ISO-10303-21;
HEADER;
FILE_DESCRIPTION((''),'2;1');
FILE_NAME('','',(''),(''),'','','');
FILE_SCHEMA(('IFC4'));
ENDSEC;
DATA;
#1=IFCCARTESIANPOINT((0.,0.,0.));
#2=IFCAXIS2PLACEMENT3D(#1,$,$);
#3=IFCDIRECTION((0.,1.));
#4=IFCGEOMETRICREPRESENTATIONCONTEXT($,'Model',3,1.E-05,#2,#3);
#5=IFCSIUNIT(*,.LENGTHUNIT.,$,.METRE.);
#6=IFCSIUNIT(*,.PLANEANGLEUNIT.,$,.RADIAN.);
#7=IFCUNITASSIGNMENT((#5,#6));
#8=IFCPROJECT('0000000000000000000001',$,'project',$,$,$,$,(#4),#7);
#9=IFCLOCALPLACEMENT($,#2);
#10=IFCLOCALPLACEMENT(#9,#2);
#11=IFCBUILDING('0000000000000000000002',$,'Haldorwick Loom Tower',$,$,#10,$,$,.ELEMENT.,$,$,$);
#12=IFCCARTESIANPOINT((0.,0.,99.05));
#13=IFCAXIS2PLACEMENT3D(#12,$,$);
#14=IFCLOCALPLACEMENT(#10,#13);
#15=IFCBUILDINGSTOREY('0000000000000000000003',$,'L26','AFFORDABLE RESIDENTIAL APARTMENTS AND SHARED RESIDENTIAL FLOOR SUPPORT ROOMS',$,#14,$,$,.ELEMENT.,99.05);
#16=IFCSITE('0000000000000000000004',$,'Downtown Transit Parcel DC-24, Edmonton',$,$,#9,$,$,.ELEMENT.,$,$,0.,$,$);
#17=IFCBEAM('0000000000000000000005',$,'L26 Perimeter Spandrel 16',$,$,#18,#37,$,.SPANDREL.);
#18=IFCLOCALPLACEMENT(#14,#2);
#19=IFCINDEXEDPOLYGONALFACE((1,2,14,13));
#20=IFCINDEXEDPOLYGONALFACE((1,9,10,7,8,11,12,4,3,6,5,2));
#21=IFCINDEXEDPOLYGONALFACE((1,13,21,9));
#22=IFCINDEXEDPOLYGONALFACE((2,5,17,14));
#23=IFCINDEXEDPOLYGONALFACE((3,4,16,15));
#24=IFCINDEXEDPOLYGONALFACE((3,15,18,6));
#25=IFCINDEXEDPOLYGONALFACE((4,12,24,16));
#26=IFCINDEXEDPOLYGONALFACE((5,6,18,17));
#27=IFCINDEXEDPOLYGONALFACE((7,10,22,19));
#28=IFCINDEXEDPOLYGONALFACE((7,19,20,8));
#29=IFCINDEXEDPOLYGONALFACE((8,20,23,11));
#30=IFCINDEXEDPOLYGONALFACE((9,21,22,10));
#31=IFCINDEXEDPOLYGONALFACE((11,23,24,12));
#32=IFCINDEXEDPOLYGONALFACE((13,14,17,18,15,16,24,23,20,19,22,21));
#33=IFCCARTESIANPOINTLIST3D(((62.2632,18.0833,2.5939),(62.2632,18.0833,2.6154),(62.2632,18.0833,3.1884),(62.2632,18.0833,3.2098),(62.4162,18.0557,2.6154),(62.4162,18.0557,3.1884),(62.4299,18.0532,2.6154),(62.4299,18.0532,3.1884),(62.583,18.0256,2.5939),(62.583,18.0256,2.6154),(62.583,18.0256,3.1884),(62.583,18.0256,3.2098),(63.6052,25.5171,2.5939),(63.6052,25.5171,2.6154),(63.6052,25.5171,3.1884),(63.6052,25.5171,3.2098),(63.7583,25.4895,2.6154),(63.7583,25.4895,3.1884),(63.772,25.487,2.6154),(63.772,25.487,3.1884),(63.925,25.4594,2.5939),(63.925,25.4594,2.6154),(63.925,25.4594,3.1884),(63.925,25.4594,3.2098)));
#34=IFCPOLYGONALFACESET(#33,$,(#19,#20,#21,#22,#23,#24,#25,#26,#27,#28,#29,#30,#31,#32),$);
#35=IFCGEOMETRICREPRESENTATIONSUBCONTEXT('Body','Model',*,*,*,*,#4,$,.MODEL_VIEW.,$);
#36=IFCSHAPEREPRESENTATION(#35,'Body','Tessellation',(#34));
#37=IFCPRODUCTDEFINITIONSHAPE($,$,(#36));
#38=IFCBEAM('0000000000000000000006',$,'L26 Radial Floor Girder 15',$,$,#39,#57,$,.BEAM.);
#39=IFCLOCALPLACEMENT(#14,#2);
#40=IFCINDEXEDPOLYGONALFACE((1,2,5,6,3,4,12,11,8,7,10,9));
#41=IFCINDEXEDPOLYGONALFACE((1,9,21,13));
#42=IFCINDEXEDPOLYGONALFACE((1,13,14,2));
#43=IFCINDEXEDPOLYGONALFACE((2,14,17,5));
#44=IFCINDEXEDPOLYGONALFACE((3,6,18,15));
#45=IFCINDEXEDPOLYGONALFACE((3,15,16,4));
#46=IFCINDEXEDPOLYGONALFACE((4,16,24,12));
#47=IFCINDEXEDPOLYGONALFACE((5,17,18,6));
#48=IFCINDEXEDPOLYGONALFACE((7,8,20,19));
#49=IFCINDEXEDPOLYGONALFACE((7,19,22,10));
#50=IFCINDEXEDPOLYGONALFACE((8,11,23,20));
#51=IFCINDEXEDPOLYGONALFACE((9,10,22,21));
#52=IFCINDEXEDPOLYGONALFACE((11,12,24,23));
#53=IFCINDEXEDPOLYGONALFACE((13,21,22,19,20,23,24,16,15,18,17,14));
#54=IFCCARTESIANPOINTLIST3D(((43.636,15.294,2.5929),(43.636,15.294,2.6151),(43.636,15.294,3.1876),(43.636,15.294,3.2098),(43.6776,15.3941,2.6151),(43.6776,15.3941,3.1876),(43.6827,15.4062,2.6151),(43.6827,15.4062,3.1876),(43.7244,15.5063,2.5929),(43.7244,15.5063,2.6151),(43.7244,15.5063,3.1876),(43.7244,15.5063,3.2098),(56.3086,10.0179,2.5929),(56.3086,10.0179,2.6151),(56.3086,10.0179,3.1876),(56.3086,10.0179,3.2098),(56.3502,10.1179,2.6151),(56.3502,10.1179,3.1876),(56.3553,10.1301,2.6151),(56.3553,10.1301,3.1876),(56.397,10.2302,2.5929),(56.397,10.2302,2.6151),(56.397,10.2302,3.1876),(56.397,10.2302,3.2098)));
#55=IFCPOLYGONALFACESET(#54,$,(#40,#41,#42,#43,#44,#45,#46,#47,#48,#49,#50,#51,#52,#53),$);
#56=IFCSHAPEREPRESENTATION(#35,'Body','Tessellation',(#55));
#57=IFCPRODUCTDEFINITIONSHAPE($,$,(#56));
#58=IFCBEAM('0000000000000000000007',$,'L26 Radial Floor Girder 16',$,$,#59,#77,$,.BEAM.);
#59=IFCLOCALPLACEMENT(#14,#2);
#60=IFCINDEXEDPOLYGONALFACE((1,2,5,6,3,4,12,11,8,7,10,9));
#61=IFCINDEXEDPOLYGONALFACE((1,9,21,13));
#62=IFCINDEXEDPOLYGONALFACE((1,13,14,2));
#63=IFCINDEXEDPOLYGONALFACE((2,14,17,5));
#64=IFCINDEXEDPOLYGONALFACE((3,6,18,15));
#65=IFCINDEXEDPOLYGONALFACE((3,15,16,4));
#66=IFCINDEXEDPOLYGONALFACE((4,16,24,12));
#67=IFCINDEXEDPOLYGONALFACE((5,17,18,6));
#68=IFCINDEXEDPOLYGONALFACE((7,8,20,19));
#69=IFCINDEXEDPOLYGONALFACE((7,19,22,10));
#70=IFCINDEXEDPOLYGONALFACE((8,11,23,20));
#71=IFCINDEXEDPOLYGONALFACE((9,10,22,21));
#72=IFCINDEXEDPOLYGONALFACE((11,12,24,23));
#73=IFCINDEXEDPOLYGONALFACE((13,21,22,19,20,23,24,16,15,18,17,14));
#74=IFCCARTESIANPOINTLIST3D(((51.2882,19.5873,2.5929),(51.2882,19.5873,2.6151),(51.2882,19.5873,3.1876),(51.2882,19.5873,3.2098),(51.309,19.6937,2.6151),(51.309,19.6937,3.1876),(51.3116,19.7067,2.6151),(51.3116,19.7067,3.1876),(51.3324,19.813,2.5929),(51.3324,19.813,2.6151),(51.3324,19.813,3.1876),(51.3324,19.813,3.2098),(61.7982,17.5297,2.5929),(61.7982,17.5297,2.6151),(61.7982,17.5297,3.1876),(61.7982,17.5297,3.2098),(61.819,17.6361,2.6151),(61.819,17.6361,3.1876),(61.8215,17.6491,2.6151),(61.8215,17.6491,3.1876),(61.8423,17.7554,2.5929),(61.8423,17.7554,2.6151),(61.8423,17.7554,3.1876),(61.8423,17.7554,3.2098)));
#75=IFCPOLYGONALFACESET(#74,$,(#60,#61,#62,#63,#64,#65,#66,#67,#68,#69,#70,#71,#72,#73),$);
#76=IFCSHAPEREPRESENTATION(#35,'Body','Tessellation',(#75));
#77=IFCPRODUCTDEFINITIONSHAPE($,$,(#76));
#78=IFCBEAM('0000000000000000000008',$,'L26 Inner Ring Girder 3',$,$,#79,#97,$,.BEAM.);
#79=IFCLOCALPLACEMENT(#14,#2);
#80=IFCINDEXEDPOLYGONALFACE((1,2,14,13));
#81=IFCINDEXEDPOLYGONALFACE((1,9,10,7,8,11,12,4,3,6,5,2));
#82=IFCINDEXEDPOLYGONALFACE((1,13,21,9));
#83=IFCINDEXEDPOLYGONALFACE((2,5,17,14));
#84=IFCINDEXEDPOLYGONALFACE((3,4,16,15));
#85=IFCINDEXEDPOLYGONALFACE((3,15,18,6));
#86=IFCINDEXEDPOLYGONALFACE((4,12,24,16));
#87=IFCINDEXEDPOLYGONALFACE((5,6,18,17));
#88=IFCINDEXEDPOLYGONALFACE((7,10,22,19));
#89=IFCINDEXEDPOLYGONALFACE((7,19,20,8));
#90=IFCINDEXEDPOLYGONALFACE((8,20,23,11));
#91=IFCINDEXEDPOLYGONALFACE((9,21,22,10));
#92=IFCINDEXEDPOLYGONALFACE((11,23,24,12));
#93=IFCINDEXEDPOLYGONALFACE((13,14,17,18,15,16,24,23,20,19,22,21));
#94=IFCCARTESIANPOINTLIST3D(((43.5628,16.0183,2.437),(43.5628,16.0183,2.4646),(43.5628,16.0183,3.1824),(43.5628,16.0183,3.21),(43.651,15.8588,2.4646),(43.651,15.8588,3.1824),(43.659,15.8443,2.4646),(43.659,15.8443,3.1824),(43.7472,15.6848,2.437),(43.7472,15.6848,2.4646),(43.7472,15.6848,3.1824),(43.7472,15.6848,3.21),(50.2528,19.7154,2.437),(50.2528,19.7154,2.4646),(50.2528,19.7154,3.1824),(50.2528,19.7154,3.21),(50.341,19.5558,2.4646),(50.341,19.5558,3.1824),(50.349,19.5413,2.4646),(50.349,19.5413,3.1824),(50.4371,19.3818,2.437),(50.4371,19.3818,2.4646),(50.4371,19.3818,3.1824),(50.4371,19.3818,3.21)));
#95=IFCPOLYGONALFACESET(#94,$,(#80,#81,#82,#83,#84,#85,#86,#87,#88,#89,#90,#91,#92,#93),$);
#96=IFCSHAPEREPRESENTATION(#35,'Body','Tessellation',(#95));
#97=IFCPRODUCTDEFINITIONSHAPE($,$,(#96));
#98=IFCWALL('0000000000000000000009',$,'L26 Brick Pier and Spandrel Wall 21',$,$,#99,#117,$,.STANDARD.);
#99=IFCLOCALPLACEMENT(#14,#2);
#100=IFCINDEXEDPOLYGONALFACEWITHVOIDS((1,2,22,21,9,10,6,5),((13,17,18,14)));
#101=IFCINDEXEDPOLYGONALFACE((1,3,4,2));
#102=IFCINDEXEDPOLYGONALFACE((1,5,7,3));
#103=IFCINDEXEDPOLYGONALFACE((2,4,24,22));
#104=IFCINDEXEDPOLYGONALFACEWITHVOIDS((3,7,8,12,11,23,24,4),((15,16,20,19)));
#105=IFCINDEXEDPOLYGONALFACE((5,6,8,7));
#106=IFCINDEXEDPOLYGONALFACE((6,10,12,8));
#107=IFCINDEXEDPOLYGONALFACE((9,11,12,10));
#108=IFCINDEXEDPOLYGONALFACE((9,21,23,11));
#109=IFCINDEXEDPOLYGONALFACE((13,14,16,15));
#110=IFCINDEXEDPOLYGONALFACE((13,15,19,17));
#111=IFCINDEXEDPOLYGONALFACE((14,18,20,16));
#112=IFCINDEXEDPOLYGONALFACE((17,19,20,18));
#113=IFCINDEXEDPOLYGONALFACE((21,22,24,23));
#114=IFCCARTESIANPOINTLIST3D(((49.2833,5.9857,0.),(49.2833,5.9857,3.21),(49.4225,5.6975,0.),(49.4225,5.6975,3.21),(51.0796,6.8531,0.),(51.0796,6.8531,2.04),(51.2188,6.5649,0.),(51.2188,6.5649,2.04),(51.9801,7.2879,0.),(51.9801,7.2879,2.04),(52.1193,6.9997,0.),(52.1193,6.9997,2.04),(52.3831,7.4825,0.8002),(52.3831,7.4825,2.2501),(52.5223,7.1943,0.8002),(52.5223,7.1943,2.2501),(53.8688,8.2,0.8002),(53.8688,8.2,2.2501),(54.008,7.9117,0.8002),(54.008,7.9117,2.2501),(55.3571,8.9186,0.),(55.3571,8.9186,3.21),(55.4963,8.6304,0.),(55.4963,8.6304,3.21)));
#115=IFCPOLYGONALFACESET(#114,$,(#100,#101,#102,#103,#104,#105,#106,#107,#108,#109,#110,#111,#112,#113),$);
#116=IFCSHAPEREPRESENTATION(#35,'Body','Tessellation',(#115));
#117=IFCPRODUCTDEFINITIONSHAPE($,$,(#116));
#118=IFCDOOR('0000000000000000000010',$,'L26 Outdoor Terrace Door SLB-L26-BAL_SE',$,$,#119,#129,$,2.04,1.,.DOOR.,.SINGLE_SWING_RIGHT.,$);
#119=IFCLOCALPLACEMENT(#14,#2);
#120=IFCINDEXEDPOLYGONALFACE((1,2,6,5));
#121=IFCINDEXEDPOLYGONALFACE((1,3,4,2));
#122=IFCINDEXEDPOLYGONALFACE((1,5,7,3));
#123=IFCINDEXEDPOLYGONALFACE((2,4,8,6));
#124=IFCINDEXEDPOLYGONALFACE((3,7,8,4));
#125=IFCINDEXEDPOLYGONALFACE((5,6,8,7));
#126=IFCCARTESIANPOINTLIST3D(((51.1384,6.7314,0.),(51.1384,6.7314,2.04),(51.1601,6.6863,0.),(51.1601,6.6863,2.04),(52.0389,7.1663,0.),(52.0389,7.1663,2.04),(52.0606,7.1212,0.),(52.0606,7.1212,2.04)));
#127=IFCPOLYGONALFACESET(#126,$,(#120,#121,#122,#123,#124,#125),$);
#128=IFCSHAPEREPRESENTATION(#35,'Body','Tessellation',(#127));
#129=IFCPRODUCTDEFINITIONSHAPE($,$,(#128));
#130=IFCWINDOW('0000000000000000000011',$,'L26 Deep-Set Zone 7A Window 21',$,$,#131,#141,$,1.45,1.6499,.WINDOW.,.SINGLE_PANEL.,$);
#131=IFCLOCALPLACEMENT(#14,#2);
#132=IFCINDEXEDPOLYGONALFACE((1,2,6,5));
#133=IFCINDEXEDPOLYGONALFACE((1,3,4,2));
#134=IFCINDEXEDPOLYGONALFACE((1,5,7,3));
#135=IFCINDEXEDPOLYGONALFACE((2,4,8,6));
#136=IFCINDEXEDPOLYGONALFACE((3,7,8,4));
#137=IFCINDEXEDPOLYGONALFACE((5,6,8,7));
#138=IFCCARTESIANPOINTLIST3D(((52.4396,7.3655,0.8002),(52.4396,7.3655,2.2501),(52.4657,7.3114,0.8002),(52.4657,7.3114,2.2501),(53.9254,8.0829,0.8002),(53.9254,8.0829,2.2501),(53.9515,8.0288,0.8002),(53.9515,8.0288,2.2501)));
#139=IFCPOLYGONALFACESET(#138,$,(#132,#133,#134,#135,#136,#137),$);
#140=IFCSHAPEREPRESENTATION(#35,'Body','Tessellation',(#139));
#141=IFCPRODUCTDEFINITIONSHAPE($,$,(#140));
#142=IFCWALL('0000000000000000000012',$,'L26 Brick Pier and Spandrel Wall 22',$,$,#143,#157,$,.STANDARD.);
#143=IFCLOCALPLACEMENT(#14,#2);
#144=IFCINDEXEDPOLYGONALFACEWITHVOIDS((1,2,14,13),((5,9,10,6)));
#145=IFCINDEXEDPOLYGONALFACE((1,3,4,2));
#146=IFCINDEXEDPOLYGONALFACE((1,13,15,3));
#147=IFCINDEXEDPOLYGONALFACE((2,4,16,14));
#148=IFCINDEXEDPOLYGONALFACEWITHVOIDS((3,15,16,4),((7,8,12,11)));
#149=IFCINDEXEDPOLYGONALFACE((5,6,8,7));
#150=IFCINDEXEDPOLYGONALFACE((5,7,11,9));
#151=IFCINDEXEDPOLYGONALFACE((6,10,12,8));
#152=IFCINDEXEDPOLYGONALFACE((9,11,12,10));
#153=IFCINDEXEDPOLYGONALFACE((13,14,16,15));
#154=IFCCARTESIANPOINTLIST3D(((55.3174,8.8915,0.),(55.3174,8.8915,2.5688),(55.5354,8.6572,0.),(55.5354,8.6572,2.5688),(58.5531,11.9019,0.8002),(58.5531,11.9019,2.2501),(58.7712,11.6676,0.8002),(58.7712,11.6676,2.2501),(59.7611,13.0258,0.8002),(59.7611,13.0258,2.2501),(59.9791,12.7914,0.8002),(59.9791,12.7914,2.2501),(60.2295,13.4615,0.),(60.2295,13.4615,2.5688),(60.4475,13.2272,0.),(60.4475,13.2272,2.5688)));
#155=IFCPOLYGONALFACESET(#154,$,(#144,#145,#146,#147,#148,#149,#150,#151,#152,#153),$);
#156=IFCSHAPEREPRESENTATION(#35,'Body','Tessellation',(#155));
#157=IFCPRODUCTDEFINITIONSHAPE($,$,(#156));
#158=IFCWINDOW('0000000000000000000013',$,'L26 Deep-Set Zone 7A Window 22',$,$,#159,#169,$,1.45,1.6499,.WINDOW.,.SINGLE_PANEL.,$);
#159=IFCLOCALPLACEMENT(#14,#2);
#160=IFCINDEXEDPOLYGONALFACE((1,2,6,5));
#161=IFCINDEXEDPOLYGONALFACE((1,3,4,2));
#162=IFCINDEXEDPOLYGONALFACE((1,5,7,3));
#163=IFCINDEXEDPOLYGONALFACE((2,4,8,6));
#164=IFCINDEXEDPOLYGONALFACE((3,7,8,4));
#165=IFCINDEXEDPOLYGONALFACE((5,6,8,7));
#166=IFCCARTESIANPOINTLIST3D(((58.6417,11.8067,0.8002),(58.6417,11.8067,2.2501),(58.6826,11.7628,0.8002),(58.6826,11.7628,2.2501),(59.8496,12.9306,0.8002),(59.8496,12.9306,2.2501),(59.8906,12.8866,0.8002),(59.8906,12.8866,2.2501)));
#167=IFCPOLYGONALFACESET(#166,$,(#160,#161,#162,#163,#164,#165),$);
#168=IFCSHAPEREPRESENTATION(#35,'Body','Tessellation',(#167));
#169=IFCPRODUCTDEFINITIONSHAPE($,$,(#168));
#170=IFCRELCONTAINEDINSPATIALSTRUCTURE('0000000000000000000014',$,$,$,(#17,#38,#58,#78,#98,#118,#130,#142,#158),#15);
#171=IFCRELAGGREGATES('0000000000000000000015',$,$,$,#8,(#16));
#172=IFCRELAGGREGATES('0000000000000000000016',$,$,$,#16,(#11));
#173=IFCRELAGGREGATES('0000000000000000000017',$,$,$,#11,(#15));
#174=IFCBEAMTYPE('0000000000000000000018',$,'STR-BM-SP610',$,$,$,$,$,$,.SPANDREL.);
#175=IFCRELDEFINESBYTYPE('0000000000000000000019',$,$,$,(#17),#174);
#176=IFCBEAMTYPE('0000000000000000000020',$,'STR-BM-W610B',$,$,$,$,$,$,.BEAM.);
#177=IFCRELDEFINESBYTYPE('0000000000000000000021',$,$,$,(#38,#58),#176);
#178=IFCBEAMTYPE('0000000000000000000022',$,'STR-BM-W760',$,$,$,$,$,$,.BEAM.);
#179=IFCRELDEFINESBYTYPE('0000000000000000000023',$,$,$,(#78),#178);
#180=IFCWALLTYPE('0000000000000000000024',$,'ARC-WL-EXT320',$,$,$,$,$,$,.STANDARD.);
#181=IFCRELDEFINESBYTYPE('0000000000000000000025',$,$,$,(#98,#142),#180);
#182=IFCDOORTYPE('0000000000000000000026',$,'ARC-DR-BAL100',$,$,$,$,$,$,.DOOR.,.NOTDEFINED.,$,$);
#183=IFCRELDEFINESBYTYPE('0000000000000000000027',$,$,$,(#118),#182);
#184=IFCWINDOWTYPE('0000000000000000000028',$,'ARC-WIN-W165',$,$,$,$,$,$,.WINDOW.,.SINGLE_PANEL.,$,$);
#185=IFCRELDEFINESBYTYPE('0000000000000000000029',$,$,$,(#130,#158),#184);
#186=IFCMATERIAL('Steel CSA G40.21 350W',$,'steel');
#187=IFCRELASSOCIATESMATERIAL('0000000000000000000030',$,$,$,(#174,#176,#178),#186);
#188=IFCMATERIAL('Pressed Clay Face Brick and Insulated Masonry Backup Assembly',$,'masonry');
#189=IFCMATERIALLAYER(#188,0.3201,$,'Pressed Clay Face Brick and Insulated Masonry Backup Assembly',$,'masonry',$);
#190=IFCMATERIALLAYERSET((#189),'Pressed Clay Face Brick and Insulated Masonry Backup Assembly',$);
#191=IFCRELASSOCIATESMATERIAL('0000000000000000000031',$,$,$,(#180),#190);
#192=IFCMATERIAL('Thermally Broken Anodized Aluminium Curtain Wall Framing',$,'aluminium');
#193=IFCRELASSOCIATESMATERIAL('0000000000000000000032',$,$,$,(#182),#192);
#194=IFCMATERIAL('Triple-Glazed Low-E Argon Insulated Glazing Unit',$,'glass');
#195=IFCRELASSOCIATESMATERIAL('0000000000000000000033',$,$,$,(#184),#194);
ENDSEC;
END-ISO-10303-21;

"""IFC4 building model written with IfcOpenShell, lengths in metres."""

from ifc_helpers import new_model, si_unit, direction, frame, frame_2d, origin, origin_2d, place, context, subcontext, project, spatial, rectangle, i_section, extrude, material, layer, layer_set, material_profile, profile_set, type_object, element, fill, save


model = new_model("IFC4")

# Units and contexts
model_context = context("Model", 3, precision=1e-05, world=origin(), true_north=direction((0.0, 1.0)))
body_context = subcontext(model_context, "Body", "Model", "MODEL_VIEW")
ifc_project = project(units=[si_unit("LENGTHUNIT", "METRE"), si_unit("PLANEANGLEUNIT", "RADIAN")], contexts=[model_context])

# Site, building, storey
site_placement = place(None, origin())
site = spatial("IfcSite", under=ifc_project, at=site_placement, Name="Downtown Transit Parcel DC-24, Edmonton", CompositionType="ELEMENT", RefElevation=0.0)
building_placement = place(site_placement, origin())
building = spatial("IfcBuilding", under=site, at=building_placement, Name="Haldorwick Loom Tower", CompositionType="ELEMENT")
storey_placement = place(building_placement, frame((0.0, 0.0, 99.05)))
storey = spatial("IfcBuildingStorey", under=building, at=storey_placement, Name="L26", Description="AFFORDABLE RESIDENTIAL APARTMENTS AND SHARED RESIDENTIAL FLOOR SUPPORT ROOMS", CompositionType="ELEMENT", Elevation=99.05)

# Beams
ifc_material_1 = material(Name="Steel CSA G40.21 350W", Category="steel")
ifc_material_profile_1 = material_profile(ifc_material_1, i_section(OverallWidth=0.325, OverallDepth=0.616, WebThickness=0.0139, FlangeThickness=0.0215, at=origin_2d()), Name="W610X174", Category="steel")
ifc_profile_set_1 = profile_set([ifc_material_profile_1], Name="Steel CSA G40.21 350W")
beam_type_1 = type_object("IfcBeamType", Name="STR-BM-SP610", PredefinedType="SPANDREL", material=ifc_profile_set_1)
beam_1_placement = place(storey_placement, frame((62.4231, 18.0544, 2.9019), z_axis=(0.177659, 0.984092, 0.0), x_axis=(-0.984092, 0.177659, 0.0)))
element("IfcBeam", 1, at=beam_1_placement, inside=storey, type_object=beam_type_1, Name="L26 Perimeter Spandrel 16", PredefinedType="SPANDREL", context=body_context, shape_type="SweptSolid", body=[
    extrude(i_section(OverallWidth=0.325, OverallDepth=0.616, WebThickness=0.0139, FlangeThickness=0.0215, at=origin_2d()), origin(), (0.0, 0.0, 1.0), 7.554),
])
ifc_material_profile_2 = material_profile(ifc_material_1, i_section(OverallWidth=0.23, OverallDepth=0.6169, WebThickness=0.0132, FlangeThickness=0.0222, at=origin_2d()), Name="W610X140", Category="steel")
ifc_profile_set_2 = profile_set([ifc_material_profile_2], Name="Steel CSA G40.21 350W")
beam_type_2 = type_object("IfcBeamType", Name="STR-BM-W610B", PredefinedType="BEAM", material=ifc_profile_set_2)
beam_2_placement = place(storey_placement, frame((43.6802, 15.4001, 2.9014), z_axis=(0.923184, -0.384359, 0.0), x_axis=(0.384359, 0.923184, 0.0)))
element("IfcBeam", 2, at=beam_2_placement, inside=storey, type_object=beam_type_2, Name="L26 Radial Floor Girder 15", PredefinedType="BEAM", context=body_context, shape_type="SweptSolid", body=[
    extrude(i_section(OverallWidth=0.23, OverallDepth=0.6169, WebThickness=0.0132, FlangeThickness=0.0222, at=origin_2d()), origin(), (0.0, 0.0, 1.0), 13.7271),
])
beam_3_placement = place(storey_placement, frame((51.3103, 19.7002, 2.9014), z_axis=(0.98137, -0.192129, 0.0), x_axis=(0.192129, 0.98137, 0.0)))
element("IfcBeam", 3, at=beam_3_placement, inside=storey, type_object=beam_type_2, Name="L26 Radial Floor Girder 16", PredefinedType="BEAM", context=body_context, shape_type="SweptSolid", body=[
    extrude(i_section(OverallWidth=0.23, OverallDepth=0.6169, WebThickness=0.0132, FlangeThickness=0.0222, at=origin_2d()), origin(), (0.0, 0.0, 1.0), 10.7095),
])
ifc_material_profile_3 = material_profile(ifc_material_1, i_section(OverallWidth=0.3811, OverallDepth=0.7729, WebThickness=0.0166, FlangeThickness=0.0276, at=origin_2d()), Name="W760X257", Category="steel")
ifc_profile_set_3 = profile_set([ifc_material_profile_3], Name="Steel CSA G40.21 350W")
beam_type_3 = type_object("IfcBeamType", Name="STR-BM-W760", PredefinedType="BEAM", material=ifc_profile_set_3)
beam_4_placement = place(storey_placement, frame((50.345, 19.5486, 2.8235), z_axis=(-0.875244, -0.483681, 0.0), x_axis=(0.483681, -0.875244, 0.0)))
element("IfcBeam", 4, at=beam_4_placement, inside=storey, type_object=beam_type_3, Name="L26 Inner Ring Girder 3", PredefinedType="BEAM", context=body_context, shape_type="SweptSolid", body=[
    extrude(i_section(OverallWidth=0.3811, OverallDepth=0.7729, WebThickness=0.0166, FlangeThickness=0.0276, at=origin_2d()), origin(), (0.0, 0.0, 1.0), 7.6436),
])

# Wall, openings, door, window
ifc_material_2 = material(Name="Pressed Clay Face Brick and Insulated Masonry Backup Assembly", Category="masonry")
ifc_layer_1 = layer(ifc_material_2, 0.3201, Name="Pressed Clay Face Brick and Insulated Masonry Backup Assembly", Category="masonry")
ifc_layer_set_1 = layer_set([ifc_layer_1], Name="Pressed Clay Face Brick and Insulated Masonry Backup Assembly")
wall_type_1 = type_object("IfcWallType", Name="ARC-WL-EXT320", PredefinedType="STANDARD", material=ifc_layer_set_1)
wall_1_placement = place(storey_placement, frame((49.3528, 5.8416, 0.0), z_axis=(0.0, 0.0, 1.0), x_axis=(0.90051, 0.434835, 0.0)))
wall_1 = element("IfcWall", 5, at=wall_1_placement, inside=storey, type_object=wall_type_1, Name="L26 Brick Pier and Spandrel Wall 21", PredefinedType="STANDARD", context=body_context, shape_type="SweptSolid", body=[
    extrude(rectangle(XDim=6.7449, YDim=0.3201, at=frame_2d((3.3726, 0.0))), origin(), (0.0, 0.0, 1.0), 3.21),
])
opening_1_placement = place(wall_1_placement, frame((1.9949, 0.0, 0.0)))
opening_1 = element("IfcOpeningElement", 6, at=opening_1_placement, cuts=wall_1, PredefinedType="OPENING", context=body_context, shape_type="SweptSolid", body=[
    extrude(rectangle(XDim=1.0, YDim=2.04, at=frame_2d((0.5, 1.02))), frame((0.0, 0.1699, 0.0), z_axis=(0.0, -1.0, 0.0), x_axis=(1.0, 0.0, 0.0)), (0.0, 0.0, 1.0), 0.3401),
])
opening_2_placement = place(wall_1_placement, frame((3.4424, 0.0, 0.8)))
opening_2 = element("IfcOpeningElement", 7, at=opening_2_placement, cuts=wall_1, PredefinedType="OPENING", context=body_context, shape_type="SweptSolid", body=[
    extrude(rectangle(XDim=1.6499, YDim=1.45, at=frame_2d((0.825, 0.7251))), frame((0.0, 0.1699, 0.0), z_axis=(0.0, -1.0, 0.0), x_axis=(1.0, 0.0, 0.0)), (0.0, 0.0, 1.0), 0.3401),
])
ifc_material_3 = material(Name="Thermally Broken Anodized Aluminium Curtain Wall Framing", Category="aluminium")
door_type_1 = type_object("IfcDoorType", Name="ARC-DR-BAL100", OperationType="NOTDEFINED", PredefinedType="DOOR", material=ifc_material_3)
door_1_placement = place(opening_1_placement, origin())
door_1 = element("IfcDoor", 8, at=door_1_placement, inside=storey, type_object=door_type_1, Name="L26 Outdoor Terrace Door SLB-L26-BAL_SE", OperationType="SINGLE_SWING_RIGHT", OverallHeight=2.04, OverallWidth=1.0, PredefinedType="DOOR", context=body_context, shape_type="SweptSolid", body=[
    extrude(rectangle(XDim=1.0, YDim=2.04, at=frame_2d((0.5, 1.02))), frame((0.0, 0.0249, 0.0), z_axis=(0.0, -1.0, 0.0), x_axis=(1.0, 0.0, 0.0)), (0.0, 0.0, 1.0), 0.05),
])
fill(opening_1, door_1)
ifc_material_4 = material(Name="Triple-Glazed Low-E Argon Insulated Glazing Unit", Category="glass")
window_type = type_object("IfcWindowType", Name="ARC-WIN-W165", PartitioningType="SINGLE_PANEL", PredefinedType="WINDOW", material=ifc_material_4)
window_1_placement = place(opening_2_placement, origin())
window_1 = element("IfcWindow", 9, at=window_1_placement, inside=storey, type_object=window_type, Name="L26 Deep-Set Zone 7A Window 21", OverallHeight=1.45, OverallWidth=1.6499, PartitioningType="SINGLE_PANEL", PredefinedType="WINDOW", context=body_context, shape_type="SweptSolid", body=[
    extrude(rectangle(XDim=1.6499, YDim=1.45, at=frame_2d((0.825, 0.7251))), frame((0.0, 0.03, 0.0), z_axis=(0.0, -1.0, 0.0), x_axis=(1.0, 0.0, 0.0)), (0.0, 0.0, 1.0), 0.0601),
])
fill(opening_2, window_1)

# Wall, opening, window
wall_2_placement = place(storey_placement, frame((55.4265, 8.7744, 0.0), z_axis=(0.0, 0.0, 1.0), x_axis=(0.732137, 0.681157, 0.0)))
wall_2 = element("IfcWall", 10, at=wall_2_placement, inside=storey, type_object=wall_type_1, Name="L26 Brick Pier and Spandrel Wall 22", PredefinedType="STANDARD", context=body_context, shape_type="SweptSolid", body=[
    extrude(rectangle(XDim=6.7092, YDim=0.3201, at=frame_2d((3.3545, 0.0))), origin(), (0.0, 0.0, 1.0), 2.5688),
])
opening_3_placement = place(wall_2_placement, frame((4.4194, 0.0, 0.8)))
opening_3 = element("IfcOpeningElement", 11, at=opening_3_placement, cuts=wall_2, PredefinedType="OPENING", context=body_context, shape_type="SweptSolid", body=[
    extrude(rectangle(XDim=1.6499, YDim=1.45, at=frame_2d((0.825, 0.7251))), frame((0.0, 0.1699, 0.0), z_axis=(0.0, -1.0, 0.0), x_axis=(1.0, 0.0, 0.0)), (0.0, 0.0, 1.0), 0.3401),
])
window_2_placement = place(opening_3_placement, origin())
window_2 = element("IfcWindow", 12, at=window_2_placement, inside=storey, type_object=window_type, Name="L26 Deep-Set Zone 7A Window 22", OverallHeight=1.45, OverallWidth=1.6499, PartitioningType="SINGLE_PANEL", PredefinedType="WINDOW", context=body_context, shape_type="SweptSolid", body=[
    extrude(rectangle(XDim=1.6499, YDim=1.45, at=frame_2d((0.825, 0.7251))), frame((0.0, 0.03, 0.0), z_axis=(0.0, -1.0, 0.0), x_axis=(1.0, 0.0, 0.0)), (0.0, 0.0, 1.0), 0.0601),
])
fill(opening_3, window_2)

save(model, "model.ifc")
